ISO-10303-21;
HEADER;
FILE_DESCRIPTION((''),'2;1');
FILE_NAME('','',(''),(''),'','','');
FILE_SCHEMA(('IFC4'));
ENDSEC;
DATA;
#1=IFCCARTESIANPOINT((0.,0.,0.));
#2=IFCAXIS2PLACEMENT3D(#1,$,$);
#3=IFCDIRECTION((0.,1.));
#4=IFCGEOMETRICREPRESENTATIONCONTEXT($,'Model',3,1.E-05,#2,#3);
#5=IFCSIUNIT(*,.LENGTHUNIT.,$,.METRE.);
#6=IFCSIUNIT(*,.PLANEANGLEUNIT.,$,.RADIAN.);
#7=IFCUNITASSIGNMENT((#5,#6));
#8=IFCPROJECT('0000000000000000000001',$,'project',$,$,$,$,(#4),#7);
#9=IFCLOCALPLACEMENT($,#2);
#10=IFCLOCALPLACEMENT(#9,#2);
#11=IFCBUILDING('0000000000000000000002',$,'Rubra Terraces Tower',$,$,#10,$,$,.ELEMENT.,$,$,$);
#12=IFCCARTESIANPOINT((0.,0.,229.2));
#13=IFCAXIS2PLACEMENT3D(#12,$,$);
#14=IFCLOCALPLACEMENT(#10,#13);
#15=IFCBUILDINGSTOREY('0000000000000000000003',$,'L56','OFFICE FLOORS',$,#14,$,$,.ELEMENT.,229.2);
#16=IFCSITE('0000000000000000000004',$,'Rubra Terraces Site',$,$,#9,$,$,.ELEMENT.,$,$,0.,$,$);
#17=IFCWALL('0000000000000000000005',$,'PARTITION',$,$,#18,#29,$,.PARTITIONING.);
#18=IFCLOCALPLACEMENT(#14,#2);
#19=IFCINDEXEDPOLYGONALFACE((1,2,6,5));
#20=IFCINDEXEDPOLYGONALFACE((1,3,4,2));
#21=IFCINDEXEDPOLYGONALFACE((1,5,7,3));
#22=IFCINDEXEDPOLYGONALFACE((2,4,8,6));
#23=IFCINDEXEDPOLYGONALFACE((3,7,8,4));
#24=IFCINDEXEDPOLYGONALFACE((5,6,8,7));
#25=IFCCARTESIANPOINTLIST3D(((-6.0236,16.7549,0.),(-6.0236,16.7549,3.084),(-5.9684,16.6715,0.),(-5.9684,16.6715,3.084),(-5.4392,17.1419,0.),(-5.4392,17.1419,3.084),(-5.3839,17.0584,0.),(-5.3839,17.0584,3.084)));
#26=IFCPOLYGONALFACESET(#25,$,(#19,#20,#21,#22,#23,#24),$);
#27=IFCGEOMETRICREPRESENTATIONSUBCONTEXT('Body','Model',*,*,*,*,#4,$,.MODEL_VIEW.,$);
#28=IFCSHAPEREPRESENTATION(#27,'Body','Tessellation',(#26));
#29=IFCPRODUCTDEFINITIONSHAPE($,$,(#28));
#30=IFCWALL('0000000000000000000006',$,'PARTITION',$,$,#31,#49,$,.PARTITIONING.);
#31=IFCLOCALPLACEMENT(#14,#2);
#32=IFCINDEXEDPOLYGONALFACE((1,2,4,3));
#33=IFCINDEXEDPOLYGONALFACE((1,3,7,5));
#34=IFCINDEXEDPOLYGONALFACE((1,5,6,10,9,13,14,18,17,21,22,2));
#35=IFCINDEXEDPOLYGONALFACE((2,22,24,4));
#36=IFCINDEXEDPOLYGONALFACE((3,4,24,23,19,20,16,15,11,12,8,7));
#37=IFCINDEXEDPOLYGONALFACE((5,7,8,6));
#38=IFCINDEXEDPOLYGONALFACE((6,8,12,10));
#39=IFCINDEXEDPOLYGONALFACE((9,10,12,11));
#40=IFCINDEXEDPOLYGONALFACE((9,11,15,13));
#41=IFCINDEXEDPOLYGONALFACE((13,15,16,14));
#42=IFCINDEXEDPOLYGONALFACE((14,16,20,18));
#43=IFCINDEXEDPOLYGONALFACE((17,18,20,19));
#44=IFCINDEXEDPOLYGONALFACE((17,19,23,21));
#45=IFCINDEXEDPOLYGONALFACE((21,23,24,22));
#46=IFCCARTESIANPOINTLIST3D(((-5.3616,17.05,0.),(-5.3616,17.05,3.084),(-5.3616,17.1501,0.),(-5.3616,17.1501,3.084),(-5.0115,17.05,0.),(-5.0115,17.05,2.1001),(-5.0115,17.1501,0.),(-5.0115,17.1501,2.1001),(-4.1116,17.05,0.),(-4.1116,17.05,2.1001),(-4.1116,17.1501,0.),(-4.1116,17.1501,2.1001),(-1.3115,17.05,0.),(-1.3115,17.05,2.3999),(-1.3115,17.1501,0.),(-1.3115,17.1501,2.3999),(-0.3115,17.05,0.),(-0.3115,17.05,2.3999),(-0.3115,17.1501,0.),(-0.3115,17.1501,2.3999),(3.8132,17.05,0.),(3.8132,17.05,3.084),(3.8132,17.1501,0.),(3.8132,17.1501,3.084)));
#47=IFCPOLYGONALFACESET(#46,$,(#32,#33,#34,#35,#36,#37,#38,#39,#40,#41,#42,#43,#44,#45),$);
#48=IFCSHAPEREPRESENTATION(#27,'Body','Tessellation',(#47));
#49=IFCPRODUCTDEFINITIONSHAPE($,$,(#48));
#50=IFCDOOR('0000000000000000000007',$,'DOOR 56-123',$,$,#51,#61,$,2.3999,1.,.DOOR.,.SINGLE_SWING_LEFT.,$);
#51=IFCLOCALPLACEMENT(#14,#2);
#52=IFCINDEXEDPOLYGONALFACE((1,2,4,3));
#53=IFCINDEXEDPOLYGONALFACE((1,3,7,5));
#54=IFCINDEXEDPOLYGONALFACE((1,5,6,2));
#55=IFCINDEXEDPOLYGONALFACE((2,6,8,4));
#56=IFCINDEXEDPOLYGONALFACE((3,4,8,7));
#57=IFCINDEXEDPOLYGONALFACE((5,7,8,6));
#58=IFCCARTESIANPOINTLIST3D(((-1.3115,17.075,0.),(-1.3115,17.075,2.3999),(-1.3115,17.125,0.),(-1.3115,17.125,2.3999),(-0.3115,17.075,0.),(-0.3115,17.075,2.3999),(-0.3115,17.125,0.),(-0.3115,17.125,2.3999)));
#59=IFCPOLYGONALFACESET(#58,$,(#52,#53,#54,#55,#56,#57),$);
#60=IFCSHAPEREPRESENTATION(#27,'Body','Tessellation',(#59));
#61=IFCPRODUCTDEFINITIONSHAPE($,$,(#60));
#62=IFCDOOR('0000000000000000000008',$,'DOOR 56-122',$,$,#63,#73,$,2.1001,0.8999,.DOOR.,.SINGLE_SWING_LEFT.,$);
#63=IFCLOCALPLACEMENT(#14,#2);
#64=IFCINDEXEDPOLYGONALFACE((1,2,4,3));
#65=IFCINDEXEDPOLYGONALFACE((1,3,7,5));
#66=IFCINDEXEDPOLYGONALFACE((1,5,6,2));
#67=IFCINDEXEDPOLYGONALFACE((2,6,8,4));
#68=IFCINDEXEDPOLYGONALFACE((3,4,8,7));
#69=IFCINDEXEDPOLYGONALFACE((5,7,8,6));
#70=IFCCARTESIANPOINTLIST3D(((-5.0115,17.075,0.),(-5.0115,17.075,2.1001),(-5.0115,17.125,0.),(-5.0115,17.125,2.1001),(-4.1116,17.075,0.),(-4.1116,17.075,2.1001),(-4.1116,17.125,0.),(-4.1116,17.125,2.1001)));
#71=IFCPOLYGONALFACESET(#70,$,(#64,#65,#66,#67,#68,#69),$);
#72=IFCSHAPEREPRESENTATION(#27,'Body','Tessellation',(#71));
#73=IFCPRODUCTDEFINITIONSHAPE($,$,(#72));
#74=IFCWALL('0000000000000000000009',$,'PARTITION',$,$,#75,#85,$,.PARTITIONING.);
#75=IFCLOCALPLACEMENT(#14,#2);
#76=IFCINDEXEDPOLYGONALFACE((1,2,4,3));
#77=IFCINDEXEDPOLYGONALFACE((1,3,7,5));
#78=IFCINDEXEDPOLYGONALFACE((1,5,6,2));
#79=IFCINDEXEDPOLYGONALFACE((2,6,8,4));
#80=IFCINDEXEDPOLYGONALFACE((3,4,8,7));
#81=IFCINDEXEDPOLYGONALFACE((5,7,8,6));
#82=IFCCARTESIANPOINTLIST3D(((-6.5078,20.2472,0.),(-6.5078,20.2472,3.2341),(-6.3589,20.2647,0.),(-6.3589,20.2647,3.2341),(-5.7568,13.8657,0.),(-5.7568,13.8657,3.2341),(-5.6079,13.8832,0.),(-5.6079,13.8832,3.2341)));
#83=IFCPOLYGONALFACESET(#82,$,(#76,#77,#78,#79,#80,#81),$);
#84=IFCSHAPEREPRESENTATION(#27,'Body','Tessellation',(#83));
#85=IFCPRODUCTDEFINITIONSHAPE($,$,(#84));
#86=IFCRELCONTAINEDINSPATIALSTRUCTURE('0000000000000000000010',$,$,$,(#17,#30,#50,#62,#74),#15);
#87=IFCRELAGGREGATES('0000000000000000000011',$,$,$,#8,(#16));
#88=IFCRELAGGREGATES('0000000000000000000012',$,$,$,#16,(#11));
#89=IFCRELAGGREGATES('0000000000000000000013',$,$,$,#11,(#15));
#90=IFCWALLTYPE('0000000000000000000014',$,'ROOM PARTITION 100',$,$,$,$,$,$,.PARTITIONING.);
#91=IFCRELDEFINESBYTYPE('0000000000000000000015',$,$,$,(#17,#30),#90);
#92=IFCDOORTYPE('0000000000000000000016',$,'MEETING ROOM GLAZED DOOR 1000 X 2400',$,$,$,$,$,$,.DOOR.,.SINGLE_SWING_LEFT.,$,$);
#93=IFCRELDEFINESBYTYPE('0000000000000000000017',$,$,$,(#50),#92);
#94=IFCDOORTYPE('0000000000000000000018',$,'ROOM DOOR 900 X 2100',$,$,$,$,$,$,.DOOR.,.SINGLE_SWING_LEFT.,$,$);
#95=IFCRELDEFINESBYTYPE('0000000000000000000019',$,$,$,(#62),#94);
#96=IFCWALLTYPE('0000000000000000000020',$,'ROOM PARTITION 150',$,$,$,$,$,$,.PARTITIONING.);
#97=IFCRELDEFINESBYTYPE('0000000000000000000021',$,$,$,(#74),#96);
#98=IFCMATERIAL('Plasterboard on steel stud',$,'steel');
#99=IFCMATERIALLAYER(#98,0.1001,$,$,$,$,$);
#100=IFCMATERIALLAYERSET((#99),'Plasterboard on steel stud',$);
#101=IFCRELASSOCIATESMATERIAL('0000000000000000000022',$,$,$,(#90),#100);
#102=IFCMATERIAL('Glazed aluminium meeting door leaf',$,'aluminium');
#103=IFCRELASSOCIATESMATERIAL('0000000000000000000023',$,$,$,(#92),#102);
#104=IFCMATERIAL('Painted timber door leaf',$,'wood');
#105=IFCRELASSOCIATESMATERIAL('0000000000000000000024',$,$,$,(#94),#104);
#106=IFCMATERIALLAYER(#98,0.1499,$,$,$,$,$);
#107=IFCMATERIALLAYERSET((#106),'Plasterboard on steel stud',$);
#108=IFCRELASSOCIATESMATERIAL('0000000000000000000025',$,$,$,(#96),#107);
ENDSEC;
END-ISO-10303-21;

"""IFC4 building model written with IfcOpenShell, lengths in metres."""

from ifc_helpers import new_model, si_unit, direction, frame, frame_2d, origin, place, context, subcontext, project, spatial, rectangle, extrude, material, layer, layer_set, type_object, element, fill, save


model = new_model("IFC4")

# Units and contexts
model_context = context("Model", 3, precision=1e-05, world=origin(), true_north=direction((0.0, 1.0)))
body_context = subcontext(model_context, "Body", "Model", "MODEL_VIEW")
ifc_project = project(units=[si_unit("LENGTHUNIT", "METRE"), si_unit("PLANEANGLEUNIT", "RADIAN")], contexts=[model_context])

# Site, building, storey
site_placement = place(None, origin())
site = spatial("IfcSite", under=ifc_project, at=site_placement, Name="Rubra Terraces Site", CompositionType="ELEMENT", RefElevation=0.0)
building_placement = place(site_placement, origin())
building = spatial("IfcBuilding", under=site, at=building_placement, Name="Rubra Terraces Tower", CompositionType="ELEMENT")
storey_placement = place(building_placement, frame((0.0, 0.0, 229.2)))
storey = spatial("IfcBuildingStorey", under=building, at=storey_placement, Name="L56", Description="OFFICE FLOORS", CompositionType="ELEMENT", Elevation=229.2)

# Shared definitions
ifc_material_1 = material(Name="Plasterboard on steel stud", Category="steel")
ifc_layer_1 = layer(ifc_material_1, 0.1001)
ifc_layer_set_1 = layer_set([ifc_layer_1], Name="Plasterboard on steel stud")
wall_type_1 = type_object("IfcWallType", Name="ROOM PARTITION 100", PredefinedType="PARTITIONING", material=ifc_layer_set_1)
ifc_material_2 = material(Name="Painted timber door leaf", Category="wood")

# Wall
wall_1_placement = place(storey_placement, frame((-5.9961, 16.7131, 0.0), z_axis=(0.0, 0.0, 1.0), x_axis=(0.833814, 0.552045, 0.0)))
element("IfcWall", 1, at=wall_1_placement, inside=storey, type_object=wall_type_1, Name="PARTITION", PredefinedType="PARTITIONING", context=body_context, shape_type="SweptSolid", body=[
    extrude(rectangle(XDim=0.7009, YDim=0.1001, at=frame_2d((0.3506, 0.0))), origin(), (0.0, 0.0, 1.0), 3.084),
])

# Wall, openings, doors
wall_2_placement = place(storey_placement, frame((-5.3616, 17.1001, 0.0), z_axis=(0.0, 0.0, 1.0), x_axis=(1.0, 0.0, 0.0)))
wall_2 = element("IfcWall", 2, at=wall_2_placement, inside=storey, type_object=wall_type_1, Name="PARTITION", PredefinedType="PARTITIONING", context=body_context, shape_type="SweptSolid", body=[
    extrude(rectangle(XDim=9.1748, YDim=0.1001, at=frame_2d((4.5874, 0.0))), origin(), (0.0, 0.0, 1.0), 3.084),
])
opening_1_placement = place(wall_2_placement, frame((0.3501, 0.0, 0.0)))
opening_1 = element("IfcOpeningElement", 3, at=opening_1_placement, cuts=wall_2, PredefinedType="OPENING", context=body_context, shape_type="SweptSolid", body=[
    extrude(rectangle(XDim=0.8999, YDim=2.1001, at=frame_2d((0.45, 1.05))), frame((0.0, 0.0601, 0.0), z_axis=(0.0, -1.0, 0.0), x_axis=(1.0, 0.0, 0.0)), (0.0, 0.0, 1.0), 0.1201),
])
opening_2_placement = place(wall_2_placement, frame((4.05, 0.0, 0.0)))
opening_2 = element("IfcOpeningElement", 4, at=opening_2_placement, cuts=wall_2, PredefinedType="OPENING", context=body_context, shape_type="SweptSolid", body=[
    extrude(rectangle(XDim=1.0, YDim=2.3999, at=frame_2d((0.5, 1.2))), frame((0.0, 0.0601, 0.0), z_axis=(0.0, -1.0, 0.0), x_axis=(1.0, 0.0, 0.0)), (0.0, 0.0, 1.0), 0.1201),
])
ifc_material_3 = material(Name="Glazed aluminium meeting door leaf", Category="aluminium")
door_type_1 = type_object("IfcDoorType", Name="MEETING ROOM GLAZED DOOR 1000 X 2400", OperationType="SINGLE_SWING_LEFT", PredefinedType="DOOR", material=ifc_material_3)
door_1_placement = place(opening_2_placement, origin())
door_1 = element("IfcDoor", 5, at=door_1_placement, inside=storey, type_object=door_type_1, Name="DOOR 56-123", OperationType="SINGLE_SWING_LEFT", OverallHeight=2.3999, OverallWidth=1.0, PredefinedType="DOOR", context=body_context, shape_type="SweptSolid", body=[
    extrude(rectangle(XDim=1.0, YDim=2.3999, at=frame_2d((0.5, 1.2))), frame((0.0, 0.0249, 0.0), z_axis=(0.0, -1.0, 0.0), x_axis=(1.0, 0.0, 0.0)), (0.0, 0.0, 1.0), 0.05),
])
fill(opening_2, door_1)
door_type_2 = type_object("IfcDoorType", Name="ROOM DOOR 900 X 2100", OperationType="SINGLE_SWING_LEFT", PredefinedType="DOOR", material=ifc_material_2)
door_2_placement = place(opening_1_placement, origin())
door_2 = element("IfcDoor", 6, at=door_2_placement, inside=storey, type_object=door_type_2, Name="DOOR 56-122", OperationType="SINGLE_SWING_LEFT", OverallHeight=2.1001, OverallWidth=0.8999, PredefinedType="DOOR", context=body_context, shape_type="SweptSolid", body=[
    extrude(rectangle(XDim=0.8999, YDim=2.1001, at=frame_2d((0.45, 1.05))), frame((0.0, 0.0249, 0.0), z_axis=(0.0, -1.0, 0.0), x_axis=(1.0, 0.0, 0.0)), (0.0, 0.0, 1.0), 0.05),
])
fill(opening_1, door_2)

# Wall
ifc_layer_2 = layer(ifc_material_1, 0.1499)
ifc_layer_set_2 = layer_set([ifc_layer_2], Name="Plasterboard on steel stud")
wall_type_2 = type_object("IfcWallType", Name="ROOM PARTITION 150", PredefinedType="PARTITIONING", material=ifc_layer_set_2)
wall_3_placement = place(storey_placement, frame((-6.4333, 20.2561, 0.0), z_axis=(0.0, 0.0, 1.0), x_axis=(0.116872, -0.993147, 0.0)))
element("IfcWall", 7, at=wall_3_placement, inside=storey, type_object=wall_type_2, Name="PARTITION", PredefinedType="PARTITIONING", context=body_context, shape_type="SweptSolid", body=[
    extrude(rectangle(XDim=6.4255, YDim=0.1499, at=frame_2d((3.2129, 0.0))), origin(), (0.0, 0.0, 1.0), 3.2341),
])

save(model, "model.ifc")
